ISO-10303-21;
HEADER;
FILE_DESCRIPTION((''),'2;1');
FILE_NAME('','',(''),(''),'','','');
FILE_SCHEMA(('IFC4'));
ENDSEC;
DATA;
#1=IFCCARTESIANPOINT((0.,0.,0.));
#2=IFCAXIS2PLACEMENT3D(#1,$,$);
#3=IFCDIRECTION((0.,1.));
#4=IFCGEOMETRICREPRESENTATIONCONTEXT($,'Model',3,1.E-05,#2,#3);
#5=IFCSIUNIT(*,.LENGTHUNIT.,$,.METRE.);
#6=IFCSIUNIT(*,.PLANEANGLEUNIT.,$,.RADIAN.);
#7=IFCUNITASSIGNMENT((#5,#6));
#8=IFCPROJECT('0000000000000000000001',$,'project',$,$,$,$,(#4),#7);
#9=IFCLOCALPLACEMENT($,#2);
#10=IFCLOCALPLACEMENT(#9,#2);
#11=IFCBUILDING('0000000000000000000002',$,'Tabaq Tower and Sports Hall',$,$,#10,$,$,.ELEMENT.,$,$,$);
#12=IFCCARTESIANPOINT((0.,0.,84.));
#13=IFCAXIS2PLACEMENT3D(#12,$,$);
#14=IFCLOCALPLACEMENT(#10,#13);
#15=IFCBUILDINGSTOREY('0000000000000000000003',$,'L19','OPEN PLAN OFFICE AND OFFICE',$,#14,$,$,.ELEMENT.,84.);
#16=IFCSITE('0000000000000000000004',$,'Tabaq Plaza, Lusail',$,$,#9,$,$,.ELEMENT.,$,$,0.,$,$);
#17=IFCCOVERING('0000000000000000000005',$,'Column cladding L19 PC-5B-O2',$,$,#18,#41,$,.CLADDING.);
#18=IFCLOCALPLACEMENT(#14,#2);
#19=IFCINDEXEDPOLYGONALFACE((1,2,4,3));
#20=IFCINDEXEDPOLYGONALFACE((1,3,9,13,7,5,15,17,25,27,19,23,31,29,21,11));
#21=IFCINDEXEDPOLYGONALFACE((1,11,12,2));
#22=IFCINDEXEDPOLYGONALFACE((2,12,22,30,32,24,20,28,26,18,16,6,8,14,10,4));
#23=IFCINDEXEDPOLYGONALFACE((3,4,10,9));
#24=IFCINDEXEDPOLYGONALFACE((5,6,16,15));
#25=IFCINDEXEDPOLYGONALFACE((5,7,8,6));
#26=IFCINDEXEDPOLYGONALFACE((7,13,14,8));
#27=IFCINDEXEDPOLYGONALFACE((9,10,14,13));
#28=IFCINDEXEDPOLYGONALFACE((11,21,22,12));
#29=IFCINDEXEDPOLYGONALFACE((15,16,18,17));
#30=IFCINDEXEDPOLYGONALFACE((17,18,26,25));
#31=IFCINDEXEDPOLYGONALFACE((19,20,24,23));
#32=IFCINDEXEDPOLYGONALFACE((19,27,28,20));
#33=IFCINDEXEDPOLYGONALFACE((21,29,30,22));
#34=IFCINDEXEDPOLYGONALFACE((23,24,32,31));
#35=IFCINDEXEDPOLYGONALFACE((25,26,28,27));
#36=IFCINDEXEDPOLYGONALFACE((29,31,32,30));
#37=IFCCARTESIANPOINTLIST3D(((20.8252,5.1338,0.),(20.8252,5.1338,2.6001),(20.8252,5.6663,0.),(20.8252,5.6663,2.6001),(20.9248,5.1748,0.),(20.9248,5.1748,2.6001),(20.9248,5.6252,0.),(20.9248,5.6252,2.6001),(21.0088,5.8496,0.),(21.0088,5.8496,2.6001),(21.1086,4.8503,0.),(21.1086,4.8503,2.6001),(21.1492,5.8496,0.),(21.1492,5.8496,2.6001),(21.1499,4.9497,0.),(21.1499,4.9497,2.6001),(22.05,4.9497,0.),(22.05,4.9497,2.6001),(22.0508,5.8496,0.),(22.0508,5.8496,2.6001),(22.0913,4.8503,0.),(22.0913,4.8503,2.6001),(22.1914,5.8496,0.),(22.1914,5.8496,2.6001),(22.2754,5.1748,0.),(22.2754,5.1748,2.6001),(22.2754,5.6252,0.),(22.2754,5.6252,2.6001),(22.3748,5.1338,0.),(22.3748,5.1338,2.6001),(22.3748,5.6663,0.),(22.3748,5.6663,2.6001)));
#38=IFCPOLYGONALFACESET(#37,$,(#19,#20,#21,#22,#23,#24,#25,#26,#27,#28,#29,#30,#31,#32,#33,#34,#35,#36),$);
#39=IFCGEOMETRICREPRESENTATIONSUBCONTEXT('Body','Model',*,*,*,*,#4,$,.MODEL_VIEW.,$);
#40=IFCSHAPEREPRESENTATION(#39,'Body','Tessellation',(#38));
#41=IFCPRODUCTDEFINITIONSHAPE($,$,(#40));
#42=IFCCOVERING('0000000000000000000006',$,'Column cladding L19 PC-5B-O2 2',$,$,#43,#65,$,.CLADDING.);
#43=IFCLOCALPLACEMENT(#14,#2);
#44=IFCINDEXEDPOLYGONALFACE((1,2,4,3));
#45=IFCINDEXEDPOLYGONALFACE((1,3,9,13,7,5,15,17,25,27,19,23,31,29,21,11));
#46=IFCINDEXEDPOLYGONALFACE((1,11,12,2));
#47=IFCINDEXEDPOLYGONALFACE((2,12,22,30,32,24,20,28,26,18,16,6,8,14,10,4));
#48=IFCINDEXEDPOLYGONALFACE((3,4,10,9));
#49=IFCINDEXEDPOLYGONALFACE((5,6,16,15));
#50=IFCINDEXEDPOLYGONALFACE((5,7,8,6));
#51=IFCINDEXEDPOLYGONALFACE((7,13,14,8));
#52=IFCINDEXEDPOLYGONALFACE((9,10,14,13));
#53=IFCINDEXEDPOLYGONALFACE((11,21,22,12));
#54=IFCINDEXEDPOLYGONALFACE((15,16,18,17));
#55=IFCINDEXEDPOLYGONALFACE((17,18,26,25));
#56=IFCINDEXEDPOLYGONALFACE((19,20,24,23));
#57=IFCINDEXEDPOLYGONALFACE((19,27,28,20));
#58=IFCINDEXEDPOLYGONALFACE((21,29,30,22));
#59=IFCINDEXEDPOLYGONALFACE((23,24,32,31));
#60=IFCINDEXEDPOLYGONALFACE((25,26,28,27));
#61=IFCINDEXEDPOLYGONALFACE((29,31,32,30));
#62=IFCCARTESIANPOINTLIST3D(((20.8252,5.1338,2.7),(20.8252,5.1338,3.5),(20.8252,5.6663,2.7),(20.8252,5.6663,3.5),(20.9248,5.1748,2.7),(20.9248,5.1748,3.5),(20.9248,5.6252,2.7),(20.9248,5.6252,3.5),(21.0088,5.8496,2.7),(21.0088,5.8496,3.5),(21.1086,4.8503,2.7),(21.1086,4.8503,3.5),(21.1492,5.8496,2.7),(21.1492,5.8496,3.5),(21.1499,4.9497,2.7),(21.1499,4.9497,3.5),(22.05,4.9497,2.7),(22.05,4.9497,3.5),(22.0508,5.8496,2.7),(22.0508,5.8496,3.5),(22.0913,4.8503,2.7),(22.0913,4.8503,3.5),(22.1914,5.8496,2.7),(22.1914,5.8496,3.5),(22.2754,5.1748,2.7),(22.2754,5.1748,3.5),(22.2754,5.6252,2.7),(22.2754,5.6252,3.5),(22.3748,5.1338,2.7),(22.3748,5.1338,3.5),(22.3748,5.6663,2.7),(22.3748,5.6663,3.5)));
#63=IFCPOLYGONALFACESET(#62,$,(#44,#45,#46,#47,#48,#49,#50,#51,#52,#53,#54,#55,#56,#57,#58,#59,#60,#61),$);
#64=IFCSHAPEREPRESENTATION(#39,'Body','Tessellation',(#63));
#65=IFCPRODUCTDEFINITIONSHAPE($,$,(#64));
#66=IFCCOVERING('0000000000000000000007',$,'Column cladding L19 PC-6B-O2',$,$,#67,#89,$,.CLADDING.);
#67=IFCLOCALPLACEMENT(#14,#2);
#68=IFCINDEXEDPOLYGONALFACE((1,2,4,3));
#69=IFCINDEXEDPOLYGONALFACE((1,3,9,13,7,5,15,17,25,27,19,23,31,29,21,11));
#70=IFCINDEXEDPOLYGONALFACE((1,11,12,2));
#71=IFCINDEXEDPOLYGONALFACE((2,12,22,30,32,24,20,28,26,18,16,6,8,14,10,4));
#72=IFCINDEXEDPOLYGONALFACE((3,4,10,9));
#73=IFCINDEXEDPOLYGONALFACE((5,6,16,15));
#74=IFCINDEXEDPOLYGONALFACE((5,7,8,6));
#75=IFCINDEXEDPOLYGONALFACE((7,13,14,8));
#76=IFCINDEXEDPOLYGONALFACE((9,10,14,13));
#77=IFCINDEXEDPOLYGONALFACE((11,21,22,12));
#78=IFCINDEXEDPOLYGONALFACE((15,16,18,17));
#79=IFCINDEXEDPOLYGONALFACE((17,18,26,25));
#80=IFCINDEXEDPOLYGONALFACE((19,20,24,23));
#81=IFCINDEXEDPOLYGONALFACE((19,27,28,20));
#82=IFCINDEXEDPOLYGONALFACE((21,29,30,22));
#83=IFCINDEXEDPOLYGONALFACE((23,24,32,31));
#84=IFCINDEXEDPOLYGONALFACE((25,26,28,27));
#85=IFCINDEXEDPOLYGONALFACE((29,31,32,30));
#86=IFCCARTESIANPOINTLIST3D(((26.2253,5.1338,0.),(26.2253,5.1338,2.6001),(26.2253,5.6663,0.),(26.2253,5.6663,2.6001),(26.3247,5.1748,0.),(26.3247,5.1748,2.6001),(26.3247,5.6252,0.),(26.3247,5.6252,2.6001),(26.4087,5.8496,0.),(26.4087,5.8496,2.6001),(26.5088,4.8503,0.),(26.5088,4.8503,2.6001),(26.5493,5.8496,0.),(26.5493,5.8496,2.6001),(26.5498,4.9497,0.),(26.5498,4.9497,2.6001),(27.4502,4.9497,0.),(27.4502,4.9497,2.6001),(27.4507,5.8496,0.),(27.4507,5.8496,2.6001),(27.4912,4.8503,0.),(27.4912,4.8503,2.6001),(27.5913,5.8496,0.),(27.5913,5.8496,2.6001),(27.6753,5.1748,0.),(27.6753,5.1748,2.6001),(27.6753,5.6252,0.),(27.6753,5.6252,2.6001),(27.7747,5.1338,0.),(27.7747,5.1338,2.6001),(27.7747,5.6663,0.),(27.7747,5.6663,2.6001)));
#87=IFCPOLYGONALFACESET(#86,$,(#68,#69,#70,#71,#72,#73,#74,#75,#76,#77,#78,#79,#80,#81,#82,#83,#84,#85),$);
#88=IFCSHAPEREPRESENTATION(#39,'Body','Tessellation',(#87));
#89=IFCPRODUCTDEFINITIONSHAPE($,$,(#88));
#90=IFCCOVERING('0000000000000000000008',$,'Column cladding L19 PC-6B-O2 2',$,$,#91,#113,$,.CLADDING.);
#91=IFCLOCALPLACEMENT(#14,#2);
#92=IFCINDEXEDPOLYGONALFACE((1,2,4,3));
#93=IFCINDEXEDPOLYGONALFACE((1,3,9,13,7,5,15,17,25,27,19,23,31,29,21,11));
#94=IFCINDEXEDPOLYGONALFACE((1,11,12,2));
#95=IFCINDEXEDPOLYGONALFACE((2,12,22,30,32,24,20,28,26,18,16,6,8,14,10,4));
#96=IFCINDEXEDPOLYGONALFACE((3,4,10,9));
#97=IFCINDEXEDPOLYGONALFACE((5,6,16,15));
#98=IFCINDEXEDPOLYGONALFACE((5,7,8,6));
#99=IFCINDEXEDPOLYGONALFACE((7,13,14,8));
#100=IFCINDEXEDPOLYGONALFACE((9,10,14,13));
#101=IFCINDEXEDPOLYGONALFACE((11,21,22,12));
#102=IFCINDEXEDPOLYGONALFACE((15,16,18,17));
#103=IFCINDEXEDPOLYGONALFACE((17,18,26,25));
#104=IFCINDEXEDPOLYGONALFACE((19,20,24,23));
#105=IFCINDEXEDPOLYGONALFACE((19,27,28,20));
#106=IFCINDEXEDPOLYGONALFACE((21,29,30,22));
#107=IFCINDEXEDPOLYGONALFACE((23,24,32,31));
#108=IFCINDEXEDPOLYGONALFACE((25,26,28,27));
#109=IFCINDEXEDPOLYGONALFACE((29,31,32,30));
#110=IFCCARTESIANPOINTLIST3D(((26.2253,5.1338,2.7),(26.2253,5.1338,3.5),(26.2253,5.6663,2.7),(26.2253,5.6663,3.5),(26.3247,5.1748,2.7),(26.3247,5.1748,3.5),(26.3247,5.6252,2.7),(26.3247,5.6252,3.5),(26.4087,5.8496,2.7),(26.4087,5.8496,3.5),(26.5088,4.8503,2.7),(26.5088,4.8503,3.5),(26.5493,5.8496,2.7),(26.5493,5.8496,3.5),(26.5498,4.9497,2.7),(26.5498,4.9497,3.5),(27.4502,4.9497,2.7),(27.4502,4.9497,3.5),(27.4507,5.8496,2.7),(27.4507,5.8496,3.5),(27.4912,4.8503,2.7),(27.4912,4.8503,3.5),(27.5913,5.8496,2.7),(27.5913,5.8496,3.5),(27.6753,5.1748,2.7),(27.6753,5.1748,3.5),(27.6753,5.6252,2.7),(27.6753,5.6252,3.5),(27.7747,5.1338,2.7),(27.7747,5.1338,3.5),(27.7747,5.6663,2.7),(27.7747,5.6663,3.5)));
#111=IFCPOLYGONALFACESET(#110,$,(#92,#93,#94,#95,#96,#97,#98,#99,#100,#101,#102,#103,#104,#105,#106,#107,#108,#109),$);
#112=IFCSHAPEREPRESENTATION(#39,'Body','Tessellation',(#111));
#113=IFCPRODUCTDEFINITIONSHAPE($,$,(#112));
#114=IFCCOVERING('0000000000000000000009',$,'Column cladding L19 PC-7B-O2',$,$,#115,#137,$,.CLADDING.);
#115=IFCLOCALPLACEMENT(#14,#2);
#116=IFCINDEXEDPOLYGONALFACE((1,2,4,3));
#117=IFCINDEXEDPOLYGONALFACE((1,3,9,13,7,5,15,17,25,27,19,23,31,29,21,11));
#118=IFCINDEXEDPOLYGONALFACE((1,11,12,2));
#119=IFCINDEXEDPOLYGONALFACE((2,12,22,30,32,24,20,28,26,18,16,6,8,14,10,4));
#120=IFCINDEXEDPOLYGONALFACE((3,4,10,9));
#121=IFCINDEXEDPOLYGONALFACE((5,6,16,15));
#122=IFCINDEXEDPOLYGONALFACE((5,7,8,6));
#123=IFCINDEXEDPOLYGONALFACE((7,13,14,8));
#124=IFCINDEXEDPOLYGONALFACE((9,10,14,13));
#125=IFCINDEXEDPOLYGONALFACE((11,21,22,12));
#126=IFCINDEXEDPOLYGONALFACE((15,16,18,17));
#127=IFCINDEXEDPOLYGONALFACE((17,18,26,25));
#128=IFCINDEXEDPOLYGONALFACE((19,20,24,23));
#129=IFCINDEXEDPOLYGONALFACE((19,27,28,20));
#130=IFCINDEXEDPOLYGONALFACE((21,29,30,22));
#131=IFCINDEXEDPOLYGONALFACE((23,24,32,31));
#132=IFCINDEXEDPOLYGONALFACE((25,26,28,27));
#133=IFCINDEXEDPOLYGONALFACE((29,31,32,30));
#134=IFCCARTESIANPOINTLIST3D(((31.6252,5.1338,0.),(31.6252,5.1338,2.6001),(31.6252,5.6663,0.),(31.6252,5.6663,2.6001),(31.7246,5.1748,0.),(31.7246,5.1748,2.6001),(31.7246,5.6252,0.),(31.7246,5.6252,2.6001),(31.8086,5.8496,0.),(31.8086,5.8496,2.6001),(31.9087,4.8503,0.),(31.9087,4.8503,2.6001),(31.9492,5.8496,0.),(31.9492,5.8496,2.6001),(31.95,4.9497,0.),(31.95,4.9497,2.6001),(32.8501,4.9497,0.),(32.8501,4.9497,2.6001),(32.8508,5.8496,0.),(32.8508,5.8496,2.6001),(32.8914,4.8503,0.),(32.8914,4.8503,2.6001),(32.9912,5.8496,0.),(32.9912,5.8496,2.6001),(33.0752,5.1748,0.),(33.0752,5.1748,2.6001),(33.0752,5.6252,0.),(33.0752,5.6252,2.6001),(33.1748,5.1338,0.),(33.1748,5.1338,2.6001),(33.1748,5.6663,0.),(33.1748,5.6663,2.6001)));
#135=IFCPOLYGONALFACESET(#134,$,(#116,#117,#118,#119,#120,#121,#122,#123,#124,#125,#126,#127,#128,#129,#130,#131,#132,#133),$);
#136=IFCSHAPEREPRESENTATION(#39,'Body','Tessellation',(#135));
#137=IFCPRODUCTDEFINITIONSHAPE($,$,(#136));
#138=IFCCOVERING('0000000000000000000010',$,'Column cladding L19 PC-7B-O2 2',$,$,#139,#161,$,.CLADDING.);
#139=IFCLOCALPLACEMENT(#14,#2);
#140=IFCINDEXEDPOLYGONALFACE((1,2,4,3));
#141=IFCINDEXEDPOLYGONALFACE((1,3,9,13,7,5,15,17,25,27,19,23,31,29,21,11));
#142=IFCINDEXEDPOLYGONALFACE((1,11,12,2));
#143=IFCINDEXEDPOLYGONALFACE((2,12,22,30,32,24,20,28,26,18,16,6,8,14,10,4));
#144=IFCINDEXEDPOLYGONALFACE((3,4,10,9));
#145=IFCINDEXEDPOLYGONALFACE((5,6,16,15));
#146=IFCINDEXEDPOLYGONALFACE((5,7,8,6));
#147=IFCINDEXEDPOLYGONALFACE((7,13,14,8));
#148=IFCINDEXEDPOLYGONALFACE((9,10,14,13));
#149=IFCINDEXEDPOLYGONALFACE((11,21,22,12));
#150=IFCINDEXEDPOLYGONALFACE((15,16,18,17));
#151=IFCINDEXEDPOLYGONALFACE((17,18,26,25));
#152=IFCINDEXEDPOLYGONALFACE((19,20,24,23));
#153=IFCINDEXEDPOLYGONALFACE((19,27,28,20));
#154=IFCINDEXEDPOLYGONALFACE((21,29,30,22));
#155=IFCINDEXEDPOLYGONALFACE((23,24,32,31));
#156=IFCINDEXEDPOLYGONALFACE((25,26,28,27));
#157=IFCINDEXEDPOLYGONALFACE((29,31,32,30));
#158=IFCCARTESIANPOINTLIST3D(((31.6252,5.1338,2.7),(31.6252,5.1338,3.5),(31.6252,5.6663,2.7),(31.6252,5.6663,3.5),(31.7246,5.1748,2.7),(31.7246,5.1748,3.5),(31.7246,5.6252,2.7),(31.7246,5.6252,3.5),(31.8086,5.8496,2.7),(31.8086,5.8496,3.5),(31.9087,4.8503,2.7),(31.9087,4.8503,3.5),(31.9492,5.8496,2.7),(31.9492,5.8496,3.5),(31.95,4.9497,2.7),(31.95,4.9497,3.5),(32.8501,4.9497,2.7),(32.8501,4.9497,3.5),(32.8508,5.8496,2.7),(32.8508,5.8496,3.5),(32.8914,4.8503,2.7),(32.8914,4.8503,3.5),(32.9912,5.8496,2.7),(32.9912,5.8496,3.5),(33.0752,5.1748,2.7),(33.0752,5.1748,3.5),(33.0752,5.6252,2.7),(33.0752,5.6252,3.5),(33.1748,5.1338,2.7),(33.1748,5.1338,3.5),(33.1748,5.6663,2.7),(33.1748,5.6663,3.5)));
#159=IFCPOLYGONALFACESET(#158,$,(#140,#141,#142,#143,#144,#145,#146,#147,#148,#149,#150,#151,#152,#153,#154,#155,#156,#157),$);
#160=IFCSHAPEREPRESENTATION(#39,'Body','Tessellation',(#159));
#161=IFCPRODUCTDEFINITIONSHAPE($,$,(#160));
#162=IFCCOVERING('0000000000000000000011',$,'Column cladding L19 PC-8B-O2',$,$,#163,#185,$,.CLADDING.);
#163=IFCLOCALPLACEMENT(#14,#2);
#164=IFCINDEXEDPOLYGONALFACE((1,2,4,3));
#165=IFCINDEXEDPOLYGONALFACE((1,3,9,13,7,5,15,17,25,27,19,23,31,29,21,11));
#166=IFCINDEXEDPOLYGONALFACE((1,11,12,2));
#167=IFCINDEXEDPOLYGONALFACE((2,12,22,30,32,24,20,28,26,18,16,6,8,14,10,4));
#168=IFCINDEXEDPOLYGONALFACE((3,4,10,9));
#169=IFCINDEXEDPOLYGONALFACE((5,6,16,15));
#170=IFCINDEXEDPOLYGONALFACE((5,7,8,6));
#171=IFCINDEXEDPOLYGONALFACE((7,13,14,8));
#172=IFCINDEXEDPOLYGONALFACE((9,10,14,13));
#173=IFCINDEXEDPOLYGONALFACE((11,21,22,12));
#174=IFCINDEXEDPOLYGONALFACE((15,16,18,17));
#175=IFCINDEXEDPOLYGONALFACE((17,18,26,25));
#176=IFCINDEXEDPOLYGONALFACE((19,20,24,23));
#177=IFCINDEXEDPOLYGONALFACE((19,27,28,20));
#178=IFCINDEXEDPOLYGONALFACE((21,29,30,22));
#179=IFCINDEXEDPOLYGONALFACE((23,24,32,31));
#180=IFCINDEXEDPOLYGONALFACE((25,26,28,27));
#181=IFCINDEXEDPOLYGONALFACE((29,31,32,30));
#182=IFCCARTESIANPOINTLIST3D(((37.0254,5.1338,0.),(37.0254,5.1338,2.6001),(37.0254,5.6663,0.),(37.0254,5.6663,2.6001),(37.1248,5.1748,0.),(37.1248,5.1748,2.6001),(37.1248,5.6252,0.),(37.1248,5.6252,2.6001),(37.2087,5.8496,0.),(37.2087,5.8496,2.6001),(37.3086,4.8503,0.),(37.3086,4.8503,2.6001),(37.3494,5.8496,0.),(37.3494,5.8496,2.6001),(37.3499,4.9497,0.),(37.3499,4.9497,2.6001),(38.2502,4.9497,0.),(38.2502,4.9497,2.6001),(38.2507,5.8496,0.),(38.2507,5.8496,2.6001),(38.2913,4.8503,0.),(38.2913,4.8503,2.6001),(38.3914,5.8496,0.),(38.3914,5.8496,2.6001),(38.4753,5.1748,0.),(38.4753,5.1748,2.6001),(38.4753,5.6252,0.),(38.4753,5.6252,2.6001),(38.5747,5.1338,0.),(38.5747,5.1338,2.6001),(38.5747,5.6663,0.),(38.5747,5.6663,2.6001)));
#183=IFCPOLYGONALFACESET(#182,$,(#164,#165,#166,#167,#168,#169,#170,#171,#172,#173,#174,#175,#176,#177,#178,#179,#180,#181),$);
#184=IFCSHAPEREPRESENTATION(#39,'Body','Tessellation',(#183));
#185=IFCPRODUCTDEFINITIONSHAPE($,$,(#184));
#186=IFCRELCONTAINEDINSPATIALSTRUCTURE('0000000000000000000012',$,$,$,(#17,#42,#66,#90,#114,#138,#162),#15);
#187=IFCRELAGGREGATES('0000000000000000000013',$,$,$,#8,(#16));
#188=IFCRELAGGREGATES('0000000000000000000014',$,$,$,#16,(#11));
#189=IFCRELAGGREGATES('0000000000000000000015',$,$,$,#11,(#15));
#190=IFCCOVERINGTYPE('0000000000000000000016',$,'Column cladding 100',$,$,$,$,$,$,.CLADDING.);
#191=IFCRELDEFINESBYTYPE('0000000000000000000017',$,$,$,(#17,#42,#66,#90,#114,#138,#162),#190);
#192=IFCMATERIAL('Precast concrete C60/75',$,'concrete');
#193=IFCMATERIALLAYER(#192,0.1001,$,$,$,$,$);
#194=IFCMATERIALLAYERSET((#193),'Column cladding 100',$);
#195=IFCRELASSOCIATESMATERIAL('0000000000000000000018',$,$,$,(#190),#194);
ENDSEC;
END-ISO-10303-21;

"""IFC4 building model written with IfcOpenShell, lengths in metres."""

from ifc_helpers import new_model, si_unit, direction, frame, origin, place, context, subcontext, project, spatial, polyline, outline, extrude, material, layer, layer_set, type_object, element, save


model = new_model("IFC4")

# Units and contexts
model_context = context("Model", 3, precision=1e-05, world=origin(), true_north=direction((0.0, 1.0)))
body_context = subcontext(model_context, "Body", "Model", "MODEL_VIEW")
ifc_project = project(units=[si_unit("LENGTHUNIT", "METRE"), si_unit("PLANEANGLEUNIT", "RADIAN")], contexts=[model_context])

# Site, building, storey
site_placement = place(None, origin())
site = spatial("IfcSite", under=ifc_project, at=site_placement, Name="Tabaq Plaza, Lusail", CompositionType="ELEMENT", RefElevation=0.0)
building_placement = place(site_placement, origin())
building = spatial("IfcBuilding", under=site, at=building_placement, Name="Tabaq Tower and Sports Hall", CompositionType="ELEMENT")
storey_placement = place(building_placement, frame((0.0, 0.0, 84.0)))
storey = spatial("IfcBuildingStorey", under=building, at=storey_placement, Name="L19", Description="OPEN PLAN OFFICE AND OFFICE", CompositionType="ELEMENT", Elevation=84.0)

# Coverings
ifc_material_1 = material(Name="Precast concrete C60/75", Category="concrete")
ifc_layer_1 = layer(ifc_material_1, 0.1001)
ifc_layer_set_1 = layer_set([ifc_layer_1], Name="Column cladding 100")
covering_type = type_object("IfcCoveringType", Name="Column cladding 100", PredefinedType="CLADDING", material=ifc_layer_set_1)
covering_1_placement = place(storey_placement, origin())
element("IfcCovering", 1, at=covering_1_placement, inside=storey, type_object=covering_type, Name="Column cladding L19 PC-5B-O2", PredefinedType="CLADDING", context=body_context, shape_type="SweptSolid", body=[
    extrude(outline(polyline([(20.8252, 5.6663), (21.0088, 5.8496), (21.1492, 5.8496), (20.9248, 5.6252), (20.9248, 5.1748), (21.1499, 4.9497), (22.05, 4.9497), (22.2754, 5.1748), (22.2754, 5.6252), (22.0508, 5.8496), (22.1914, 5.8496), (22.3748, 5.6663), (22.3748, 5.1338), (22.0913, 4.8503), (21.1086, 4.8503), (20.8252, 5.1338), (20.8252, 5.6663)])), origin(), (0.0, 0.0, 1.0), 2.6001),
])
covering_2_placement = place(storey_placement, frame((0.0, 0.0, 2.7)))
element("IfcCovering", 2, at=covering_2_placement, inside=storey, type_object=covering_type, Name="Column cladding L19 PC-5B-O2 2", PredefinedType="CLADDING", context=body_context, shape_type="SweptSolid", body=[
    extrude(outline(polyline([(20.8252, 5.6663), (21.0088, 5.8496), (21.1492, 5.8496), (20.9248, 5.6252), (20.9248, 5.1748), (21.1499, 4.9497), (22.05, 4.9497), (22.2754, 5.1748), (22.2754, 5.6252), (22.0508, 5.8496), (22.1914, 5.8496), (22.3748, 5.6663), (22.3748, 5.1338), (22.0913, 4.8503), (21.1086, 4.8503), (20.8252, 5.1338), (20.8252, 5.6663)])), origin(), (0.0, 0.0, 1.0), 0.8),
])
covering_3_placement = place(storey_placement, origin())
element("IfcCovering", 3, at=covering_3_placement, inside=storey, type_object=covering_type, Name="Column cladding L19 PC-6B-O2", PredefinedType="CLADDING", context=body_context, shape_type="SweptSolid", body=[
    extrude(outline(polyline([(26.2253, 5.6663), (26.4087, 5.8496), (26.5493, 5.8496), (26.3247, 5.6252), (26.3247, 5.1748), (26.5498, 4.9497), (27.4502, 4.9497), (27.6753, 5.1748), (27.6753, 5.6252), (27.4507, 5.8496), (27.5913, 5.8496), (27.7747, 5.6663), (27.7747, 5.1338), (27.4912, 4.8503), (26.5088, 4.8503), (26.2253, 5.1338), (26.2253, 5.6663)])), origin(), (0.0, 0.0, 1.0), 2.6001),
])
covering_4_placement = place(storey_placement, frame((0.0, 0.0, 2.7)))
element("IfcCovering", 4, at=covering_4_placement, inside=storey, type_object=covering_type, Name="Column cladding L19 PC-6B-O2 2", PredefinedType="CLADDING", context=body_context, shape_type="SweptSolid", body=[
    extrude(outline(polyline([(26.2253, 5.6663), (26.4087, 5.8496), (26.5493, 5.8496), (26.3247, 5.6252), (26.3247, 5.1748), (26.5498, 4.9497), (27.4502, 4.9497), (27.6753, 5.1748), (27.6753, 5.6252), (27.4507, 5.8496), (27.5913, 5.8496), (27.7747, 5.6663), (27.7747, 5.1338), (27.4912, 4.8503), (26.5088, 4.8503), (26.2253, 5.1338), (26.2253, 5.6663)])), origin(), (0.0, 0.0, 1.0), 0.8),
])
covering_5_placement = place(storey_placement, origin())
element("IfcCovering", 5, at=covering_5_placement, inside=storey, type_object=covering_type, Name="Column cladding L19 PC-7B-O2", PredefinedType="CLADDING", context=body_context, shape_type="SweptSolid", body=[
    extrude(outline(polyline([(31.6252, 5.6663), (31.8086, 5.8496), (31.9492, 5.8496), (31.7246, 5.6252), (31.7246, 5.1748), (31.95, 4.9497), (32.8501, 4.9497), (33.0752, 5.1748), (33.0752, 5.6252), (32.8508, 5.8496), (32.9912, 5.8496), (33.1748, 5.6663), (33.1748, 5.1338), (32.8914, 4.8503), (31.9087, 4.8503), (31.6252, 5.1338), (31.6252, 5.6663)])), origin(), (0.0, 0.0, 1.0), 2.6001),
])
covering_6_placement = place(storey_placement, frame((0.0, 0.0, 2.7)))
element("IfcCovering", 6, at=covering_6_placement, inside=storey, type_object=covering_type, Name="Column cladding L19 PC-7B-O2 2", PredefinedType="CLADDING", context=body_context, shape_type="SweptSolid", body=[
    extrude(outline(polyline([(31.6252, 5.6663), (31.8086, 5.8496), (31.9492, 5.8496), (31.7246, 5.6252), (31.7246, 5.1748), (31.95, 4.9497), (32.8501, 4.9497), (33.0752, 5.1748), (33.0752, 5.6252), (32.8508, 5.8496), (32.9912, 5.8496), (33.1748, 5.6663), (33.1748, 5.1338), (32.8914, 4.8503), (31.9087, 4.8503), (31.6252, 5.1338), (31.6252, 5.6663)])), origin(), (0.0, 0.0, 1.0), 0.8),
])
covering_7_placement = place(storey_placement, origin())
element("IfcCovering", 7, at=covering_7_placement, inside=storey, type_object=covering_type, Name="Column cladding L19 PC-8B-O2", PredefinedType="CLADDING", context=body_context, shape_type="SweptSolid", body=[
    extrude(outline(polyline([(37.0254, 5.6663), (37.2087, 5.8496), (37.3494, 5.8496), (37.1248, 5.6252), (37.1248, 5.1748), (37.3499, 4.9497), (38.2502, 4.9497), (38.4753, 5.1748), (38.4753, 5.6252), (38.2507, 5.8496), (38.3914, 5.8496), (38.5747, 5.6663), (38.5747, 5.1338), (38.2913, 4.8503), (37.3086, 4.8503), (37.0254, 5.1338), (37.0254, 5.6663)])), origin(), (0.0, 0.0, 1.0), 2.6001),
])

save(model, "model.ifc")
